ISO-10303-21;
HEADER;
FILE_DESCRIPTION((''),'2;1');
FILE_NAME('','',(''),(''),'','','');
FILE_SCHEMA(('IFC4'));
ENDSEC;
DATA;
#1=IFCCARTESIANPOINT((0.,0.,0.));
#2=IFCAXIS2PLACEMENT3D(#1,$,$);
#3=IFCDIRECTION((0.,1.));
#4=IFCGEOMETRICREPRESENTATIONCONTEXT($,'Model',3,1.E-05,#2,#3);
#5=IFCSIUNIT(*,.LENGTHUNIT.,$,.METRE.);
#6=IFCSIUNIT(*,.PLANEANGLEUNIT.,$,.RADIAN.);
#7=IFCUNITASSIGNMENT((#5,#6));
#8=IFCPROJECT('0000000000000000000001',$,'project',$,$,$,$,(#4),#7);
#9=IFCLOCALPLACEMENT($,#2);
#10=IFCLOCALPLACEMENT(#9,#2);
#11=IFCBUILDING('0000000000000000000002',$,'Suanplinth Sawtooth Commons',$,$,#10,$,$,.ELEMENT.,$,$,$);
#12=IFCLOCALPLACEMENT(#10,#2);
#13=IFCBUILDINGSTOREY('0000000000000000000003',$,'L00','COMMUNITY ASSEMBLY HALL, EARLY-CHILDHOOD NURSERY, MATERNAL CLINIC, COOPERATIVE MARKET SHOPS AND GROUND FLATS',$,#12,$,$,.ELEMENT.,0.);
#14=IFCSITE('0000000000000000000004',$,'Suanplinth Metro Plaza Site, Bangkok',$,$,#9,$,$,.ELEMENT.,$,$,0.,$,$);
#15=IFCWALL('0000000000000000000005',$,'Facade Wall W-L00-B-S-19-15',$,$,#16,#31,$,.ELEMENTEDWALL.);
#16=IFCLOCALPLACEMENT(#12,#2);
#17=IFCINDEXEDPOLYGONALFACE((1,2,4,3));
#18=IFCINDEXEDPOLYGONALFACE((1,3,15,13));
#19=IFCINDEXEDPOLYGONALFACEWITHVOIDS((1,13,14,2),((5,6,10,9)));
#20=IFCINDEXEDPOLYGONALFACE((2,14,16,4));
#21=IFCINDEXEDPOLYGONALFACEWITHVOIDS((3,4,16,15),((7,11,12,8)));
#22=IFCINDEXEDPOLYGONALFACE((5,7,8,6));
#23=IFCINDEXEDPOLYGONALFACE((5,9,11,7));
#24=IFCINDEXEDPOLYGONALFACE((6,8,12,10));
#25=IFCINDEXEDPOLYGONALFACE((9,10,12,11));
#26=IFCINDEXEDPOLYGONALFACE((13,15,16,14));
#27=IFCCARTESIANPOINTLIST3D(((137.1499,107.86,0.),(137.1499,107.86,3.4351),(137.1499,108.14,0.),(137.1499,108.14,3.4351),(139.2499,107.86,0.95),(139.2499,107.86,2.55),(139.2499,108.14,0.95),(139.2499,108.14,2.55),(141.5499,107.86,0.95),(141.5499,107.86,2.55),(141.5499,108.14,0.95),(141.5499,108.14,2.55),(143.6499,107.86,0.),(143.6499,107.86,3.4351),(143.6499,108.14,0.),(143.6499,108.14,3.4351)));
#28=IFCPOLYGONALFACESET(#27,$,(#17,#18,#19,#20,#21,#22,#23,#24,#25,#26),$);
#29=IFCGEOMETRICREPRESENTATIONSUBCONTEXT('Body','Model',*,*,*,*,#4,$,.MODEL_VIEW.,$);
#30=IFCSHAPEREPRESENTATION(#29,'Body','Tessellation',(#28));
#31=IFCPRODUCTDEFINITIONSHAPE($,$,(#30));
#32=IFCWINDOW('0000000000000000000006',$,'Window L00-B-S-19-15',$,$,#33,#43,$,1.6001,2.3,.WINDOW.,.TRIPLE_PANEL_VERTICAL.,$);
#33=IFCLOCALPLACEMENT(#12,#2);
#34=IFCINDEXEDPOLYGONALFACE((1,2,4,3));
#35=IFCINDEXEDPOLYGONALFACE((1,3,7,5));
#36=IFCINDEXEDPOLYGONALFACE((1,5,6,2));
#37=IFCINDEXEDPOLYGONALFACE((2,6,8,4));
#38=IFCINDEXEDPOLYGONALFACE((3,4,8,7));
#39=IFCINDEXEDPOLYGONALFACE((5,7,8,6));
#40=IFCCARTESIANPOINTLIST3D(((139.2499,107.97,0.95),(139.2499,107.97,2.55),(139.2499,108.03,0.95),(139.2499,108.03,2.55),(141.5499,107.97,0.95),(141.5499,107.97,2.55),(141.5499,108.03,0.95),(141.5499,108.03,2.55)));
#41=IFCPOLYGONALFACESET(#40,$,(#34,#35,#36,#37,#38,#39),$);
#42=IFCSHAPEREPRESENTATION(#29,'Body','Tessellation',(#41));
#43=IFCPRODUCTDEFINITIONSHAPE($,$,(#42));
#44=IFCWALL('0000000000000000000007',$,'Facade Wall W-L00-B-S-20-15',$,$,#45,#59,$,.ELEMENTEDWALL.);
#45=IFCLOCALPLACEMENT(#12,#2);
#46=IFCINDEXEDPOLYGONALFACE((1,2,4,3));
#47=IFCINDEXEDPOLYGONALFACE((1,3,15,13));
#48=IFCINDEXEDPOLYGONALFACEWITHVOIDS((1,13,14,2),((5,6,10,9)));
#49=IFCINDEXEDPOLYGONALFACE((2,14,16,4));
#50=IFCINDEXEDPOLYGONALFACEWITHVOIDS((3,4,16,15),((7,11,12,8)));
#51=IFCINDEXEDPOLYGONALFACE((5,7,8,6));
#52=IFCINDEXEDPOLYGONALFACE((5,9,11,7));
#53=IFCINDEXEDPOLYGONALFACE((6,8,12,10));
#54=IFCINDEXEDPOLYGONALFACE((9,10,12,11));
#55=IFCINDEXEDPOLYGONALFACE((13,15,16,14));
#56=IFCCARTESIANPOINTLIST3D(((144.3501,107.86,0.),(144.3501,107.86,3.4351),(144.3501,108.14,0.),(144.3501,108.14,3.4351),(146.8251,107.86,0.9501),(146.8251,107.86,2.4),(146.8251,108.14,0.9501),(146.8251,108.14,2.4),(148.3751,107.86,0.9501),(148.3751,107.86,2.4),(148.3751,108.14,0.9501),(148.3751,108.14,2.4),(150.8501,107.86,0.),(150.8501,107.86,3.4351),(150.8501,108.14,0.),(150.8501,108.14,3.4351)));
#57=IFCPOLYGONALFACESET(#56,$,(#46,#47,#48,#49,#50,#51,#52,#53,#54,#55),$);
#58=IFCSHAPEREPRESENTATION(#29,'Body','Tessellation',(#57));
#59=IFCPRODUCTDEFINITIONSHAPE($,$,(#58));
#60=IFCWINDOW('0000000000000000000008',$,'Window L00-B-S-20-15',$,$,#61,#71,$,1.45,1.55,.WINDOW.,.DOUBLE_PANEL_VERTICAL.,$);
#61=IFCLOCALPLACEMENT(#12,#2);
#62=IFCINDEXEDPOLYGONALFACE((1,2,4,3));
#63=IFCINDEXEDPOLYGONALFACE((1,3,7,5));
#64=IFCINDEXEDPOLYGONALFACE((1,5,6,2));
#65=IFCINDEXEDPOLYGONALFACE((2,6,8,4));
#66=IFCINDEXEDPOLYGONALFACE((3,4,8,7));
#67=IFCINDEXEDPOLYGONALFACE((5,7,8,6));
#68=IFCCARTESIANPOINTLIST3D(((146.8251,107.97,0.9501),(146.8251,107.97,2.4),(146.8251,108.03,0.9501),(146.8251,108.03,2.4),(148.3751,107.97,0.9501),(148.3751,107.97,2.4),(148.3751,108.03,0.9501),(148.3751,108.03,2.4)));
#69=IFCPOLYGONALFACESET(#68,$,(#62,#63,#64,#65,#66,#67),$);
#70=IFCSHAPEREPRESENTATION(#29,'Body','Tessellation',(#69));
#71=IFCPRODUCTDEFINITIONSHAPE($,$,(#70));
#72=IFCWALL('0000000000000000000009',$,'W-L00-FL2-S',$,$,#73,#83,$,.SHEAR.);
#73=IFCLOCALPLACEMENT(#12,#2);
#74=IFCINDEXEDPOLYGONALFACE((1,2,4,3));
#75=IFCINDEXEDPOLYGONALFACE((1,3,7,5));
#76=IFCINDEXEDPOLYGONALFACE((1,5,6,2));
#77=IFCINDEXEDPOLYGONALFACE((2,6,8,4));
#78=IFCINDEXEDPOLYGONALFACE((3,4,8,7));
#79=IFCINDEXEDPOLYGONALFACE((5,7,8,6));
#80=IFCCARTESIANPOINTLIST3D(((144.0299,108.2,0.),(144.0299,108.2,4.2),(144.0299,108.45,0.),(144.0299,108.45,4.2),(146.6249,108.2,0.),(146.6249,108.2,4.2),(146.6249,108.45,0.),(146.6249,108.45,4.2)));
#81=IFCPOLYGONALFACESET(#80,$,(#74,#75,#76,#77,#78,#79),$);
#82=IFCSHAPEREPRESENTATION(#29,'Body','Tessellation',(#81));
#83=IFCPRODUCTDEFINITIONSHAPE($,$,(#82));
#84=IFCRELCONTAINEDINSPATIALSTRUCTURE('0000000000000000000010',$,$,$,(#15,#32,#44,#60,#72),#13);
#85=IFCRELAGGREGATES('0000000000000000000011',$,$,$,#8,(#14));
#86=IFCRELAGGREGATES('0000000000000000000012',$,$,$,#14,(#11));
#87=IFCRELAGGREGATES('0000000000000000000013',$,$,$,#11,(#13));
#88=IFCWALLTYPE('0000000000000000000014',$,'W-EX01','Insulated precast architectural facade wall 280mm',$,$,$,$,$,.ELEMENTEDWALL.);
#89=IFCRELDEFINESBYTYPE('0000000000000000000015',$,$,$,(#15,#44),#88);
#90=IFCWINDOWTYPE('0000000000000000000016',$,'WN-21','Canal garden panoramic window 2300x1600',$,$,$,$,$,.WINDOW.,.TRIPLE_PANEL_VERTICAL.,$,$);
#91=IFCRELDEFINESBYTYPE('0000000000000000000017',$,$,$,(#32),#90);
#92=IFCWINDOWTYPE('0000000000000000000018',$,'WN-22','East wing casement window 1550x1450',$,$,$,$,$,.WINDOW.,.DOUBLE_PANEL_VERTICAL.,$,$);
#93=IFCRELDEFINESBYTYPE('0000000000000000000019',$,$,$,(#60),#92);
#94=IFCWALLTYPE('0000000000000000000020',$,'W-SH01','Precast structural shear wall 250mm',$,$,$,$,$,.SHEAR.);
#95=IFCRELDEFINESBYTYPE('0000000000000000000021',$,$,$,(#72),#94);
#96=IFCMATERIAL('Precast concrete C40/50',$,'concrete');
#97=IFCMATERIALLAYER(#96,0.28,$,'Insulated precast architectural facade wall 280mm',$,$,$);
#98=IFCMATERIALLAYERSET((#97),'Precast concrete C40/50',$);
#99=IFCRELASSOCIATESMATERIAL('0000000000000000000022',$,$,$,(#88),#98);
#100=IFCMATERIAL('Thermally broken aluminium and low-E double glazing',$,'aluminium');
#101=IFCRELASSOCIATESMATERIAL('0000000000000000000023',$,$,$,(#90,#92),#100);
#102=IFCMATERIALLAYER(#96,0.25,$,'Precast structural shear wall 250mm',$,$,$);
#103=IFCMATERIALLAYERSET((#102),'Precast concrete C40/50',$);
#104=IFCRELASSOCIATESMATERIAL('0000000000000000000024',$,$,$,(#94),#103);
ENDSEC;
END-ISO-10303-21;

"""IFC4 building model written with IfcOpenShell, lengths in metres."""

from ifc_helpers import new_model, si_unit, direction, frame, frame_2d, origin, place, context, subcontext, project, spatial, rectangle, extrude, material, layer, layer_set, type_object, element, fill, save


model = new_model("IFC4")

# Units and contexts
model_context = context("Model", 3, precision=1e-05, world=origin(), true_north=direction((0.0, 1.0)))
body_context = subcontext(model_context, "Body", "Model", "MODEL_VIEW")
ifc_project = project(units=[si_unit("LENGTHUNIT", "METRE"), si_unit("PLANEANGLEUNIT", "RADIAN")], contexts=[model_context])

# Site, building, storey
site_placement = place(None, origin())
site = spatial("IfcSite", under=ifc_project, at=site_placement, Name="Suanplinth Metro Plaza Site, Bangkok", CompositionType="ELEMENT", RefElevation=0.0)
building_placement = place(site_placement, origin())
building = spatial("IfcBuilding", under=site, at=building_placement, Name="Suanplinth Sawtooth Commons", CompositionType="ELEMENT")
storey_placement = place(building_placement, origin())
storey = spatial("IfcBuildingStorey", under=building, at=storey_placement, Name="L00", Description="COMMUNITY ASSEMBLY HALL, EARLY-CHILDHOOD NURSERY, MATERNAL CLINIC, COOPERATIVE MARKET SHOPS AND GROUND FLATS", CompositionType="ELEMENT", Elevation=0.0)

# Shared definitions
ifc_material_1 = material(Name="Precast concrete C40/50", Category="concrete")
ifc_layer_1 = layer(ifc_material_1, 0.28, Name="Insulated precast architectural facade wall 280mm")
ifc_layer_set_1 = layer_set([ifc_layer_1], Name="Precast concrete C40/50")
wall_type_1 = type_object("IfcWallType", Name="W-EX01", Description="Insulated precast architectural facade wall 280mm", PredefinedType="ELEMENTEDWALL", material=ifc_layer_set_1)
ifc_material_2 = material(Name="Thermally broken aluminium and low-E double glazing", Category="aluminium")

# Walls, openings, windows
wall_1_placement = place(storey_placement, frame((137.1499, 108.0, 0.0), z_axis=(0.0, 0.0, 1.0), x_axis=(1.0, 0.0, 0.0)))
wall_1 = element("IfcWall", 1, at=wall_1_placement, inside=storey, type_object=wall_type_1, Name="Facade Wall W-L00-B-S-19-15", PredefinedType="ELEMENTEDWALL", context=body_context, shape_type="SweptSolid", body=[
    extrude(rectangle(XDim=6.5, YDim=0.28, at=frame_2d((3.25, 0.0))), origin(), (0.0, 0.0, 1.0), 3.4351),
])
opening_1_placement = place(wall_1_placement, frame((2.1001, 0.0, 0.95)))
opening_1 = element("IfcOpeningElement", 2, at=opening_1_placement, cuts=wall_1, PredefinedType="OPENING", context=body_context, shape_type="SweptSolid", body=[
    extrude(rectangle(XDim=2.3, YDim=1.6001, at=frame_2d((1.1499, 0.8))), frame((0.0, 0.1548, 0.0), z_axis=(0.0, -1.0, 0.0), x_axis=(1.0, 0.0, 0.0)), (0.0, 0.0, 1.0), 0.3098),
])
window_type_1 = type_object("IfcWindowType", Name="WN-21", Description="Canal garden panoramic window 2300x1600", PartitioningType="TRIPLE_PANEL_VERTICAL", PredefinedType="WINDOW", material=ifc_material_2)
window_1_placement = place(opening_1_placement, origin())
window_1 = element("IfcWindow", 3, at=window_1_placement, inside=storey, type_object=window_type_1, Name="Window L00-B-S-19-15", OverallHeight=1.6001, OverallWidth=2.3, PartitioningType="TRIPLE_PANEL_VERTICAL", PredefinedType="WINDOW", context=body_context, shape_type="SweptSolid", body=[
    extrude(rectangle(XDim=2.3, YDim=1.6001, at=frame_2d((1.1499, 0.8))), frame((0.0, 0.03, 0.0), z_axis=(0.0, -1.0, 0.0), x_axis=(1.0, 0.0, 0.0)), (0.0, 0.0, 1.0), 0.0601),
])
fill(opening_1, window_1)
wall_2_placement = place(storey_placement, frame((144.3501, 108.0, 0.0), z_axis=(0.0, 0.0, 1.0), x_axis=(1.0, 0.0, 0.0)))
wall_2 = element("IfcWall", 4, at=wall_2_placement, inside=storey, type_object=wall_type_1, Name="Facade Wall W-L00-B-S-20-15", PredefinedType="ELEMENTEDWALL", context=body_context, shape_type="SweptSolid", body=[
    extrude(rectangle(XDim=6.5, YDim=0.28, at=frame_2d((3.25, 0.0))), origin(), (0.0, 0.0, 1.0), 3.4351),
])
opening_2_placement = place(wall_2_placement, frame((2.4751, 0.0, 0.95)))
opening_2 = element("IfcOpeningElement", 5, at=opening_2_placement, cuts=wall_2, PredefinedType="OPENING", context=body_context, shape_type="SweptSolid", body=[
    extrude(rectangle(XDim=1.55, YDim=1.45, at=frame_2d((0.7749, 0.7251))), frame((0.0, 0.1548, 0.0), z_axis=(0.0, -1.0, 0.0), x_axis=(1.0, 0.0, 0.0)), (0.0, 0.0, 1.0), 0.3098),
])
window_type_2 = type_object("IfcWindowType", Name="WN-22", Description="East wing casement window 1550x1450", PartitioningType="DOUBLE_PANEL_VERTICAL", PredefinedType="WINDOW", material=ifc_material_2)
window_2_placement = place(opening_2_placement, origin())
window_2 = element("IfcWindow", 6, at=window_2_placement, inside=storey, type_object=window_type_2, Name="Window L00-B-S-20-15", OverallHeight=1.45, OverallWidth=1.55, PartitioningType="DOUBLE_PANEL_VERTICAL", PredefinedType="WINDOW", context=body_context, shape_type="SweptSolid", body=[
    extrude(rectangle(XDim=1.55, YDim=1.45, at=frame_2d((0.7749, 0.7251))), frame((0.0, 0.03, 0.0), z_axis=(0.0, -1.0, 0.0), x_axis=(1.0, 0.0, 0.0)), (0.0, 0.0, 1.0), 0.0601),
])
fill(opening_2, window_2)

# Wall
ifc_layer_2 = layer(ifc_material_1, 0.25, Name="Precast structural shear wall 250mm")
ifc_layer_set_2 = layer_set([ifc_layer_2], Name="Precast concrete C40/50")
wall_type_2 = type_object("IfcWallType", Name="W-SH01", Description="Precast structural shear wall 250mm", PredefinedType="SHEAR", material=ifc_layer_set_2)
wall_3_placement = place(storey_placement, frame((144.03, 108.325, 0.0), z_axis=(0.0, 0.0, 1.0), x_axis=(1.0, 0.0, 0.0)))
element("IfcWall", 7, at=wall_3_placement, inside=storey, type_object=wall_type_2, Name="W-L00-FL2-S", PredefinedType="SHEAR", context=body_context, shape_type="SweptSolid", body=[
    extrude(rectangle(XDim=2.595, YDim=0.25, at=frame_2d((1.2974, 0.0))), origin(), (0.0, 0.0, 1.0), 4.2),
])

save(model, "model.ifc")
